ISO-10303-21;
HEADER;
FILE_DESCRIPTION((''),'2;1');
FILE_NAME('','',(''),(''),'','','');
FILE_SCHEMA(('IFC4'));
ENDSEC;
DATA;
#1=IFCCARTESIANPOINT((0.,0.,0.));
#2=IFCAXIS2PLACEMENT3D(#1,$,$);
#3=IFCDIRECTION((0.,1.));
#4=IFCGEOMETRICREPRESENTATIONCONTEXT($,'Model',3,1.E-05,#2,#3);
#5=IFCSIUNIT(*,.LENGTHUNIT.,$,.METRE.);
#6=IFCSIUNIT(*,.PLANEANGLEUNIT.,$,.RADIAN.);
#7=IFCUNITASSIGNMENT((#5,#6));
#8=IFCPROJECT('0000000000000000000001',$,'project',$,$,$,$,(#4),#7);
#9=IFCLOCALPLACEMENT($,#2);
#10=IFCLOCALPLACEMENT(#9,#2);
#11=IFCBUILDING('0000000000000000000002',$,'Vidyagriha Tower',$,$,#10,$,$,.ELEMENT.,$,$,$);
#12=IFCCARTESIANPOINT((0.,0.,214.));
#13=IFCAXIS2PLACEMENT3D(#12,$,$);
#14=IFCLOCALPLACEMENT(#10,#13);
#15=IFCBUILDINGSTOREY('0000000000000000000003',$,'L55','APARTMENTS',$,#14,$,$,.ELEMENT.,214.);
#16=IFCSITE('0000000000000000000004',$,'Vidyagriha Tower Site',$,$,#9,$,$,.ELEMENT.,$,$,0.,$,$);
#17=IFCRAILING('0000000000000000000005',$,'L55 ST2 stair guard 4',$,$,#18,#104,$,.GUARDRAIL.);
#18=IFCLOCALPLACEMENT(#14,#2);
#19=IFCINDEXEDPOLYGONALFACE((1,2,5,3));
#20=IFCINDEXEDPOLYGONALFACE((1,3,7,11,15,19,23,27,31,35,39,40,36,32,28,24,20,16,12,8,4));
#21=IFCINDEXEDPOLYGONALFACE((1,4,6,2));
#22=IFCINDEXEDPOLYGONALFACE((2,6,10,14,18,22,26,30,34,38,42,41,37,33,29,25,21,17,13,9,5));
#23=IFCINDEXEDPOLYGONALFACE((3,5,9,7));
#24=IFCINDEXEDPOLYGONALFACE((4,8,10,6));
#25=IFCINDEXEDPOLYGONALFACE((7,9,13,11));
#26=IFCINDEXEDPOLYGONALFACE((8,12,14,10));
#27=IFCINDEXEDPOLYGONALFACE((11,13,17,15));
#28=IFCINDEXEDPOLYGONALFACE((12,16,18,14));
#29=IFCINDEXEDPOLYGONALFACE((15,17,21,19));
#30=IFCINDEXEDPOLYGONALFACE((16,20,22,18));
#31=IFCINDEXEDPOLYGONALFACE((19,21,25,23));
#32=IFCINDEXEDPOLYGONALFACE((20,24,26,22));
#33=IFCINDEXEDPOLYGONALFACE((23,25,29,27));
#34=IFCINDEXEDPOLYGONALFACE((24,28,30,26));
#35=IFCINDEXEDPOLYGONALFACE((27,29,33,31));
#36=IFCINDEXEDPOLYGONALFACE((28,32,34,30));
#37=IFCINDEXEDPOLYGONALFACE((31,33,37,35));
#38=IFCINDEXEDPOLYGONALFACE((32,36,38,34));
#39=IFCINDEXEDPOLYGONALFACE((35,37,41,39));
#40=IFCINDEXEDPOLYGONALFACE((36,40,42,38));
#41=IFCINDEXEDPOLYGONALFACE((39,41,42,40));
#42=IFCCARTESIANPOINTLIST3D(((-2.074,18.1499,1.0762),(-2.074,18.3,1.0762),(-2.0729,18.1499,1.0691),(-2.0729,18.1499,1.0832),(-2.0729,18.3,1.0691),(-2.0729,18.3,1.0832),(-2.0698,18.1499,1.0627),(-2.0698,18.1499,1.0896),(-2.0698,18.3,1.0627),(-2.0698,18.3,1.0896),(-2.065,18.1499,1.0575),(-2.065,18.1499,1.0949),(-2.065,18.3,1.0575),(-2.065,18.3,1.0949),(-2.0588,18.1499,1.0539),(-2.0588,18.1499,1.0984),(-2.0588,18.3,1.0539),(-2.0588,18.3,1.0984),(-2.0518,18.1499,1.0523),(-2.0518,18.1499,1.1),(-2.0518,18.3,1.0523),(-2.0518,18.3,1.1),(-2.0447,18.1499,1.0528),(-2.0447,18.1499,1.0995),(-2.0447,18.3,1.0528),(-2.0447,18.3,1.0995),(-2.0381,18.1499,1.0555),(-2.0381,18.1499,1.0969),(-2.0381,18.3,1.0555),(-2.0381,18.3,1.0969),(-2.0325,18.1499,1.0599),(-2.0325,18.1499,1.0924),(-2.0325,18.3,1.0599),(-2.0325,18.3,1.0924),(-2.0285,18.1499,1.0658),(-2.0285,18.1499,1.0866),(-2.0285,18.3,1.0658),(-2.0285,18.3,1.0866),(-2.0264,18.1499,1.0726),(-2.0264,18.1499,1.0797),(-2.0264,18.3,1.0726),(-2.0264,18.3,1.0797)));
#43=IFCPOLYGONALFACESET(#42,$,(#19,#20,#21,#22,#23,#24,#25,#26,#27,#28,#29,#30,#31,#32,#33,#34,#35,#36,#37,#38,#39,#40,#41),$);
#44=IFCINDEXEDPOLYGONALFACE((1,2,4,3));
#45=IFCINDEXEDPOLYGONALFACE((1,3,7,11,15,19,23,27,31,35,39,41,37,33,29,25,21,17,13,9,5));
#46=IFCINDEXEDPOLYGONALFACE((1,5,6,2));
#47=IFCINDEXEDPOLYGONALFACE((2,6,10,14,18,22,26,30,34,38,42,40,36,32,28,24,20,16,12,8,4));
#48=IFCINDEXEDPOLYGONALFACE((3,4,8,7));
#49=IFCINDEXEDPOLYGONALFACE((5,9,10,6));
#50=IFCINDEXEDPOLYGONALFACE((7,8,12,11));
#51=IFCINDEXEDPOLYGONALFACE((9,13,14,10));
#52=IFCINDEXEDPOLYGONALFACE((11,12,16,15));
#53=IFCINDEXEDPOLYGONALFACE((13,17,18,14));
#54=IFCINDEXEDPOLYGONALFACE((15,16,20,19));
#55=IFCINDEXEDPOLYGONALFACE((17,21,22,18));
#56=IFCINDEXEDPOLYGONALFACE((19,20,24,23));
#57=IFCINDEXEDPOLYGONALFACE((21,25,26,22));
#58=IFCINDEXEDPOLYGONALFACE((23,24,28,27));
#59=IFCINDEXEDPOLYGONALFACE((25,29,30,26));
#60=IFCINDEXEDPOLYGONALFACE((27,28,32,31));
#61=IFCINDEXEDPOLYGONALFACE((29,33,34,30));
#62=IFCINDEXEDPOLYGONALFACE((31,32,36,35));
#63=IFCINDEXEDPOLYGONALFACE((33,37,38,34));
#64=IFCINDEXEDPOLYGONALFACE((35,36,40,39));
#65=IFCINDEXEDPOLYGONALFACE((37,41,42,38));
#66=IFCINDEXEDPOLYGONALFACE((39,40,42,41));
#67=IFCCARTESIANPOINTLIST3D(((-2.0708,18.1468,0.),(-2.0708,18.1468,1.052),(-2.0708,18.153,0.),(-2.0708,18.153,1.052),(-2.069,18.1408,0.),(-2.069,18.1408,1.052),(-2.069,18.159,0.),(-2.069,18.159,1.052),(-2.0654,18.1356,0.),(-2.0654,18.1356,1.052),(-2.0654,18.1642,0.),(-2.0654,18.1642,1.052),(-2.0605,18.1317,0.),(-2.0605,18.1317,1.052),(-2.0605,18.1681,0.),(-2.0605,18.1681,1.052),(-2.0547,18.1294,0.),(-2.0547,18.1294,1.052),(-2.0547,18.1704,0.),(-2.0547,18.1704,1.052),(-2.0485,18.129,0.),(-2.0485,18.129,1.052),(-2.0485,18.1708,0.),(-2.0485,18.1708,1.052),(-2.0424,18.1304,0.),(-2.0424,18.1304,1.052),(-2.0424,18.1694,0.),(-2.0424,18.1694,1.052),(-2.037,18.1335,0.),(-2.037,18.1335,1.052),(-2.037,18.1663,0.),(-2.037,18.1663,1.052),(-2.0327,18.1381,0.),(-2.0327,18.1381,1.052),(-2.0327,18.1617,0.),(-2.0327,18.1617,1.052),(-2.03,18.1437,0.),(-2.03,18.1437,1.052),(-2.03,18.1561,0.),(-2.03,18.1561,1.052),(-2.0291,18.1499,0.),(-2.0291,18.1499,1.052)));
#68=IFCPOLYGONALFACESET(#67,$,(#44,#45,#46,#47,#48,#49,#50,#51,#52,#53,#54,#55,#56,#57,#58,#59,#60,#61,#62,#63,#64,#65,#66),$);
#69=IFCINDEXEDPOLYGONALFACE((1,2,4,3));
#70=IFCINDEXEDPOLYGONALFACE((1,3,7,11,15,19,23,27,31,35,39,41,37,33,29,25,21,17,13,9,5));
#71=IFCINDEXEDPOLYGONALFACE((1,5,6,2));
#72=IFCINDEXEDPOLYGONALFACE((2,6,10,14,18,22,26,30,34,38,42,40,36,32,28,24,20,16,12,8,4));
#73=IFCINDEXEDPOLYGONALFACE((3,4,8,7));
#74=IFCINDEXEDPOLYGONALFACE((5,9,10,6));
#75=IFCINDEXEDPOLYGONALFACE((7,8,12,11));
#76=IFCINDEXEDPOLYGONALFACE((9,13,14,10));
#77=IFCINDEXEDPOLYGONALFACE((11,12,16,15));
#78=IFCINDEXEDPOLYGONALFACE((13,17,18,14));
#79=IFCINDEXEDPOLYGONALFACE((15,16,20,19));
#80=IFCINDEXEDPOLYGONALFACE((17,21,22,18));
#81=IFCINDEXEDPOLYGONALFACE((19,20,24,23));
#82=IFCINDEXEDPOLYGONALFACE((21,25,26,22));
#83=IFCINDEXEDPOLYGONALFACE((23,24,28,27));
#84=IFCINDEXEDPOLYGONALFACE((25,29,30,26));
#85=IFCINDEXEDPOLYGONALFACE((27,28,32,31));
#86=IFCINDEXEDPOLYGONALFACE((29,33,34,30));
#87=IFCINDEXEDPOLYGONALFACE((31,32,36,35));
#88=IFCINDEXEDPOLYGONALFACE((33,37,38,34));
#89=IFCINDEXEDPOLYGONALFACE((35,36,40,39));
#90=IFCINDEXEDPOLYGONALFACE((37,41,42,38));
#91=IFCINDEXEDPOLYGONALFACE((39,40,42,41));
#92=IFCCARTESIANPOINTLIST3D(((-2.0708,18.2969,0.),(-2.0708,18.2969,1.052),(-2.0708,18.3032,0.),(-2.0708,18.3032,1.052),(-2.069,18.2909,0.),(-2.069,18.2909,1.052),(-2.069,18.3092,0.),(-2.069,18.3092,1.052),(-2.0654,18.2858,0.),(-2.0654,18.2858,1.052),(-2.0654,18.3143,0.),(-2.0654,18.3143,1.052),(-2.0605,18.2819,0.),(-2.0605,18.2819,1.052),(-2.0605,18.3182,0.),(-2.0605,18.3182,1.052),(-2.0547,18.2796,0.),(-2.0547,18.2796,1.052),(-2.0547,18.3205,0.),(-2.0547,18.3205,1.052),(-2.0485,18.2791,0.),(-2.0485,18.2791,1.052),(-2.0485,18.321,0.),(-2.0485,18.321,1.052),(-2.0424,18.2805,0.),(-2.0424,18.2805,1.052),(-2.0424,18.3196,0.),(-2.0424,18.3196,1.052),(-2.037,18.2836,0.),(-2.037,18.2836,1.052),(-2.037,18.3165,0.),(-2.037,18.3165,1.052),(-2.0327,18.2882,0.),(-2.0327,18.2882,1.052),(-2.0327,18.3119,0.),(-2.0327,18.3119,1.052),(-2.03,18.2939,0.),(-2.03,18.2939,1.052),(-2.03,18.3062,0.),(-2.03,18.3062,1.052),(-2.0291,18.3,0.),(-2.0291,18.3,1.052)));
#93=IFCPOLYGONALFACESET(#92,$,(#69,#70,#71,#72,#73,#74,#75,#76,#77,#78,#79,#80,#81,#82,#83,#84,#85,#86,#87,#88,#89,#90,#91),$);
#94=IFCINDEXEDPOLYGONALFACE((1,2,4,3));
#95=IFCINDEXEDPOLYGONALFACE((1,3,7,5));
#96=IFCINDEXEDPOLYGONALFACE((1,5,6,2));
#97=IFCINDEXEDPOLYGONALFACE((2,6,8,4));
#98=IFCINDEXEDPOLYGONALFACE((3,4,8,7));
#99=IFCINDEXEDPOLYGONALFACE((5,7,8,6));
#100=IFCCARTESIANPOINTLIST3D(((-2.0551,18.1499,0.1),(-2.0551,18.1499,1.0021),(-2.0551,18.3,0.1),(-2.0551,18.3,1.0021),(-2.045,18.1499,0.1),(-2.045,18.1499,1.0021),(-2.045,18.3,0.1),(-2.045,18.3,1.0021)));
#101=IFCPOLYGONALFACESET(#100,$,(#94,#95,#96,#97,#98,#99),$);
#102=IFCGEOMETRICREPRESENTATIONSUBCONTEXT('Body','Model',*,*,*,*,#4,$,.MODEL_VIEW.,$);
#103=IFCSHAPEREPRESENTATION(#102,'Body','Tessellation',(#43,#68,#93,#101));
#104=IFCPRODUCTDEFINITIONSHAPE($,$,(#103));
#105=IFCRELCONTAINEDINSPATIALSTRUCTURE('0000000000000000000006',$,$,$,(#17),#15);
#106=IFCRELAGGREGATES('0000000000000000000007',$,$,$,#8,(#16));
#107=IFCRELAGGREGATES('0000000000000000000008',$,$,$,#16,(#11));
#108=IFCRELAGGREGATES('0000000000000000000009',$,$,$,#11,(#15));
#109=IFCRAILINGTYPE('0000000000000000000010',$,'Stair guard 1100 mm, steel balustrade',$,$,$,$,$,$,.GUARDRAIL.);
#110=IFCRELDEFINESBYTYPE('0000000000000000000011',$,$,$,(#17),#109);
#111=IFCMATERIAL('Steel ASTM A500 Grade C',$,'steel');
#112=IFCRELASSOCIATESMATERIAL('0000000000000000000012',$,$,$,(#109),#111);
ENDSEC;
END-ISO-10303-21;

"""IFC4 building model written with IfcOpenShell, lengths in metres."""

from ifc_helpers import new_model, si_unit, direction, frame, origin, origin_2d, place, context, subcontext, project, spatial, rectangle, circle, extrude, material, type_object, element, save


model = new_model("IFC4")

# Units and contexts
model_context = context("Model", 3, precision=1e-05, world=origin(), true_north=direction((0.0, 1.0)))
body_context = subcontext(model_context, "Body", "Model", "MODEL_VIEW")
ifc_project = project(units=[si_unit("LENGTHUNIT", "METRE"), si_unit("PLANEANGLEUNIT", "RADIAN")], contexts=[model_context])

# Site, building, storey
site_placement = place(None, origin())
site = spatial("IfcSite", under=ifc_project, at=site_placement, Name="Vidyagriha Tower Site", CompositionType="ELEMENT", RefElevation=0.0)
building_placement = place(site_placement, origin())
building = spatial("IfcBuilding", under=site, at=building_placement, Name="Vidyagriha Tower", CompositionType="ELEMENT")
storey_placement = place(building_placement, frame((0.0, 0.0, 214.0)))
storey = spatial("IfcBuildingStorey", under=building, at=storey_placement, Name="L55", Description="APARTMENTS", CompositionType="ELEMENT", Elevation=214.0)

# Railing
ifc_material_1 = material(Name="Steel ASTM A500 Grade C", Category="steel")
railing_type_1 = type_object("IfcRailingType", Name="Stair guard 1100 mm, steel balustrade", PredefinedType="GUARDRAIL", material=ifc_material_1)
railing_1_placement = place(storey_placement, frame((-2.05, 18.1499, 0.0)))
element("IfcRailing", 1, at=railing_1_placement, inside=storey, type_object=railing_type_1, Name="L55 ST2 stair guard 4", PredefinedType="GUARDRAIL", context=body_context, shape_type="SweptSolid", body=[
    extrude(circle(Radius=0.0239, at=origin_2d()), frame((0.0, 0.0, 1.0762), z_axis=(0.0, 1.0, 0.0), x_axis=(-1.0, 0.0, 0.0)), (0.0, 0.0, 1.0), 0.1501),
    extrude(circle(Radius=0.021, at=origin_2d()), origin(), (0.0, 0.0, 1.0), 1.052),
    extrude(circle(Radius=0.021, at=origin_2d()), frame((0.0, 0.1501, 0.0)), (0.0, 0.0, 1.0), 1.052),
    extrude(rectangle(XDim=0.01, YDim=0.9021, at=origin_2d()), frame((0.0, 0.0, 0.551), z_axis=(0.0, 1.0, 0.0), x_axis=(-1.0, 0.0, 0.0)), (0.0, 0.0, 1.0), 0.1501),
])

save(model, "model.ifc")
